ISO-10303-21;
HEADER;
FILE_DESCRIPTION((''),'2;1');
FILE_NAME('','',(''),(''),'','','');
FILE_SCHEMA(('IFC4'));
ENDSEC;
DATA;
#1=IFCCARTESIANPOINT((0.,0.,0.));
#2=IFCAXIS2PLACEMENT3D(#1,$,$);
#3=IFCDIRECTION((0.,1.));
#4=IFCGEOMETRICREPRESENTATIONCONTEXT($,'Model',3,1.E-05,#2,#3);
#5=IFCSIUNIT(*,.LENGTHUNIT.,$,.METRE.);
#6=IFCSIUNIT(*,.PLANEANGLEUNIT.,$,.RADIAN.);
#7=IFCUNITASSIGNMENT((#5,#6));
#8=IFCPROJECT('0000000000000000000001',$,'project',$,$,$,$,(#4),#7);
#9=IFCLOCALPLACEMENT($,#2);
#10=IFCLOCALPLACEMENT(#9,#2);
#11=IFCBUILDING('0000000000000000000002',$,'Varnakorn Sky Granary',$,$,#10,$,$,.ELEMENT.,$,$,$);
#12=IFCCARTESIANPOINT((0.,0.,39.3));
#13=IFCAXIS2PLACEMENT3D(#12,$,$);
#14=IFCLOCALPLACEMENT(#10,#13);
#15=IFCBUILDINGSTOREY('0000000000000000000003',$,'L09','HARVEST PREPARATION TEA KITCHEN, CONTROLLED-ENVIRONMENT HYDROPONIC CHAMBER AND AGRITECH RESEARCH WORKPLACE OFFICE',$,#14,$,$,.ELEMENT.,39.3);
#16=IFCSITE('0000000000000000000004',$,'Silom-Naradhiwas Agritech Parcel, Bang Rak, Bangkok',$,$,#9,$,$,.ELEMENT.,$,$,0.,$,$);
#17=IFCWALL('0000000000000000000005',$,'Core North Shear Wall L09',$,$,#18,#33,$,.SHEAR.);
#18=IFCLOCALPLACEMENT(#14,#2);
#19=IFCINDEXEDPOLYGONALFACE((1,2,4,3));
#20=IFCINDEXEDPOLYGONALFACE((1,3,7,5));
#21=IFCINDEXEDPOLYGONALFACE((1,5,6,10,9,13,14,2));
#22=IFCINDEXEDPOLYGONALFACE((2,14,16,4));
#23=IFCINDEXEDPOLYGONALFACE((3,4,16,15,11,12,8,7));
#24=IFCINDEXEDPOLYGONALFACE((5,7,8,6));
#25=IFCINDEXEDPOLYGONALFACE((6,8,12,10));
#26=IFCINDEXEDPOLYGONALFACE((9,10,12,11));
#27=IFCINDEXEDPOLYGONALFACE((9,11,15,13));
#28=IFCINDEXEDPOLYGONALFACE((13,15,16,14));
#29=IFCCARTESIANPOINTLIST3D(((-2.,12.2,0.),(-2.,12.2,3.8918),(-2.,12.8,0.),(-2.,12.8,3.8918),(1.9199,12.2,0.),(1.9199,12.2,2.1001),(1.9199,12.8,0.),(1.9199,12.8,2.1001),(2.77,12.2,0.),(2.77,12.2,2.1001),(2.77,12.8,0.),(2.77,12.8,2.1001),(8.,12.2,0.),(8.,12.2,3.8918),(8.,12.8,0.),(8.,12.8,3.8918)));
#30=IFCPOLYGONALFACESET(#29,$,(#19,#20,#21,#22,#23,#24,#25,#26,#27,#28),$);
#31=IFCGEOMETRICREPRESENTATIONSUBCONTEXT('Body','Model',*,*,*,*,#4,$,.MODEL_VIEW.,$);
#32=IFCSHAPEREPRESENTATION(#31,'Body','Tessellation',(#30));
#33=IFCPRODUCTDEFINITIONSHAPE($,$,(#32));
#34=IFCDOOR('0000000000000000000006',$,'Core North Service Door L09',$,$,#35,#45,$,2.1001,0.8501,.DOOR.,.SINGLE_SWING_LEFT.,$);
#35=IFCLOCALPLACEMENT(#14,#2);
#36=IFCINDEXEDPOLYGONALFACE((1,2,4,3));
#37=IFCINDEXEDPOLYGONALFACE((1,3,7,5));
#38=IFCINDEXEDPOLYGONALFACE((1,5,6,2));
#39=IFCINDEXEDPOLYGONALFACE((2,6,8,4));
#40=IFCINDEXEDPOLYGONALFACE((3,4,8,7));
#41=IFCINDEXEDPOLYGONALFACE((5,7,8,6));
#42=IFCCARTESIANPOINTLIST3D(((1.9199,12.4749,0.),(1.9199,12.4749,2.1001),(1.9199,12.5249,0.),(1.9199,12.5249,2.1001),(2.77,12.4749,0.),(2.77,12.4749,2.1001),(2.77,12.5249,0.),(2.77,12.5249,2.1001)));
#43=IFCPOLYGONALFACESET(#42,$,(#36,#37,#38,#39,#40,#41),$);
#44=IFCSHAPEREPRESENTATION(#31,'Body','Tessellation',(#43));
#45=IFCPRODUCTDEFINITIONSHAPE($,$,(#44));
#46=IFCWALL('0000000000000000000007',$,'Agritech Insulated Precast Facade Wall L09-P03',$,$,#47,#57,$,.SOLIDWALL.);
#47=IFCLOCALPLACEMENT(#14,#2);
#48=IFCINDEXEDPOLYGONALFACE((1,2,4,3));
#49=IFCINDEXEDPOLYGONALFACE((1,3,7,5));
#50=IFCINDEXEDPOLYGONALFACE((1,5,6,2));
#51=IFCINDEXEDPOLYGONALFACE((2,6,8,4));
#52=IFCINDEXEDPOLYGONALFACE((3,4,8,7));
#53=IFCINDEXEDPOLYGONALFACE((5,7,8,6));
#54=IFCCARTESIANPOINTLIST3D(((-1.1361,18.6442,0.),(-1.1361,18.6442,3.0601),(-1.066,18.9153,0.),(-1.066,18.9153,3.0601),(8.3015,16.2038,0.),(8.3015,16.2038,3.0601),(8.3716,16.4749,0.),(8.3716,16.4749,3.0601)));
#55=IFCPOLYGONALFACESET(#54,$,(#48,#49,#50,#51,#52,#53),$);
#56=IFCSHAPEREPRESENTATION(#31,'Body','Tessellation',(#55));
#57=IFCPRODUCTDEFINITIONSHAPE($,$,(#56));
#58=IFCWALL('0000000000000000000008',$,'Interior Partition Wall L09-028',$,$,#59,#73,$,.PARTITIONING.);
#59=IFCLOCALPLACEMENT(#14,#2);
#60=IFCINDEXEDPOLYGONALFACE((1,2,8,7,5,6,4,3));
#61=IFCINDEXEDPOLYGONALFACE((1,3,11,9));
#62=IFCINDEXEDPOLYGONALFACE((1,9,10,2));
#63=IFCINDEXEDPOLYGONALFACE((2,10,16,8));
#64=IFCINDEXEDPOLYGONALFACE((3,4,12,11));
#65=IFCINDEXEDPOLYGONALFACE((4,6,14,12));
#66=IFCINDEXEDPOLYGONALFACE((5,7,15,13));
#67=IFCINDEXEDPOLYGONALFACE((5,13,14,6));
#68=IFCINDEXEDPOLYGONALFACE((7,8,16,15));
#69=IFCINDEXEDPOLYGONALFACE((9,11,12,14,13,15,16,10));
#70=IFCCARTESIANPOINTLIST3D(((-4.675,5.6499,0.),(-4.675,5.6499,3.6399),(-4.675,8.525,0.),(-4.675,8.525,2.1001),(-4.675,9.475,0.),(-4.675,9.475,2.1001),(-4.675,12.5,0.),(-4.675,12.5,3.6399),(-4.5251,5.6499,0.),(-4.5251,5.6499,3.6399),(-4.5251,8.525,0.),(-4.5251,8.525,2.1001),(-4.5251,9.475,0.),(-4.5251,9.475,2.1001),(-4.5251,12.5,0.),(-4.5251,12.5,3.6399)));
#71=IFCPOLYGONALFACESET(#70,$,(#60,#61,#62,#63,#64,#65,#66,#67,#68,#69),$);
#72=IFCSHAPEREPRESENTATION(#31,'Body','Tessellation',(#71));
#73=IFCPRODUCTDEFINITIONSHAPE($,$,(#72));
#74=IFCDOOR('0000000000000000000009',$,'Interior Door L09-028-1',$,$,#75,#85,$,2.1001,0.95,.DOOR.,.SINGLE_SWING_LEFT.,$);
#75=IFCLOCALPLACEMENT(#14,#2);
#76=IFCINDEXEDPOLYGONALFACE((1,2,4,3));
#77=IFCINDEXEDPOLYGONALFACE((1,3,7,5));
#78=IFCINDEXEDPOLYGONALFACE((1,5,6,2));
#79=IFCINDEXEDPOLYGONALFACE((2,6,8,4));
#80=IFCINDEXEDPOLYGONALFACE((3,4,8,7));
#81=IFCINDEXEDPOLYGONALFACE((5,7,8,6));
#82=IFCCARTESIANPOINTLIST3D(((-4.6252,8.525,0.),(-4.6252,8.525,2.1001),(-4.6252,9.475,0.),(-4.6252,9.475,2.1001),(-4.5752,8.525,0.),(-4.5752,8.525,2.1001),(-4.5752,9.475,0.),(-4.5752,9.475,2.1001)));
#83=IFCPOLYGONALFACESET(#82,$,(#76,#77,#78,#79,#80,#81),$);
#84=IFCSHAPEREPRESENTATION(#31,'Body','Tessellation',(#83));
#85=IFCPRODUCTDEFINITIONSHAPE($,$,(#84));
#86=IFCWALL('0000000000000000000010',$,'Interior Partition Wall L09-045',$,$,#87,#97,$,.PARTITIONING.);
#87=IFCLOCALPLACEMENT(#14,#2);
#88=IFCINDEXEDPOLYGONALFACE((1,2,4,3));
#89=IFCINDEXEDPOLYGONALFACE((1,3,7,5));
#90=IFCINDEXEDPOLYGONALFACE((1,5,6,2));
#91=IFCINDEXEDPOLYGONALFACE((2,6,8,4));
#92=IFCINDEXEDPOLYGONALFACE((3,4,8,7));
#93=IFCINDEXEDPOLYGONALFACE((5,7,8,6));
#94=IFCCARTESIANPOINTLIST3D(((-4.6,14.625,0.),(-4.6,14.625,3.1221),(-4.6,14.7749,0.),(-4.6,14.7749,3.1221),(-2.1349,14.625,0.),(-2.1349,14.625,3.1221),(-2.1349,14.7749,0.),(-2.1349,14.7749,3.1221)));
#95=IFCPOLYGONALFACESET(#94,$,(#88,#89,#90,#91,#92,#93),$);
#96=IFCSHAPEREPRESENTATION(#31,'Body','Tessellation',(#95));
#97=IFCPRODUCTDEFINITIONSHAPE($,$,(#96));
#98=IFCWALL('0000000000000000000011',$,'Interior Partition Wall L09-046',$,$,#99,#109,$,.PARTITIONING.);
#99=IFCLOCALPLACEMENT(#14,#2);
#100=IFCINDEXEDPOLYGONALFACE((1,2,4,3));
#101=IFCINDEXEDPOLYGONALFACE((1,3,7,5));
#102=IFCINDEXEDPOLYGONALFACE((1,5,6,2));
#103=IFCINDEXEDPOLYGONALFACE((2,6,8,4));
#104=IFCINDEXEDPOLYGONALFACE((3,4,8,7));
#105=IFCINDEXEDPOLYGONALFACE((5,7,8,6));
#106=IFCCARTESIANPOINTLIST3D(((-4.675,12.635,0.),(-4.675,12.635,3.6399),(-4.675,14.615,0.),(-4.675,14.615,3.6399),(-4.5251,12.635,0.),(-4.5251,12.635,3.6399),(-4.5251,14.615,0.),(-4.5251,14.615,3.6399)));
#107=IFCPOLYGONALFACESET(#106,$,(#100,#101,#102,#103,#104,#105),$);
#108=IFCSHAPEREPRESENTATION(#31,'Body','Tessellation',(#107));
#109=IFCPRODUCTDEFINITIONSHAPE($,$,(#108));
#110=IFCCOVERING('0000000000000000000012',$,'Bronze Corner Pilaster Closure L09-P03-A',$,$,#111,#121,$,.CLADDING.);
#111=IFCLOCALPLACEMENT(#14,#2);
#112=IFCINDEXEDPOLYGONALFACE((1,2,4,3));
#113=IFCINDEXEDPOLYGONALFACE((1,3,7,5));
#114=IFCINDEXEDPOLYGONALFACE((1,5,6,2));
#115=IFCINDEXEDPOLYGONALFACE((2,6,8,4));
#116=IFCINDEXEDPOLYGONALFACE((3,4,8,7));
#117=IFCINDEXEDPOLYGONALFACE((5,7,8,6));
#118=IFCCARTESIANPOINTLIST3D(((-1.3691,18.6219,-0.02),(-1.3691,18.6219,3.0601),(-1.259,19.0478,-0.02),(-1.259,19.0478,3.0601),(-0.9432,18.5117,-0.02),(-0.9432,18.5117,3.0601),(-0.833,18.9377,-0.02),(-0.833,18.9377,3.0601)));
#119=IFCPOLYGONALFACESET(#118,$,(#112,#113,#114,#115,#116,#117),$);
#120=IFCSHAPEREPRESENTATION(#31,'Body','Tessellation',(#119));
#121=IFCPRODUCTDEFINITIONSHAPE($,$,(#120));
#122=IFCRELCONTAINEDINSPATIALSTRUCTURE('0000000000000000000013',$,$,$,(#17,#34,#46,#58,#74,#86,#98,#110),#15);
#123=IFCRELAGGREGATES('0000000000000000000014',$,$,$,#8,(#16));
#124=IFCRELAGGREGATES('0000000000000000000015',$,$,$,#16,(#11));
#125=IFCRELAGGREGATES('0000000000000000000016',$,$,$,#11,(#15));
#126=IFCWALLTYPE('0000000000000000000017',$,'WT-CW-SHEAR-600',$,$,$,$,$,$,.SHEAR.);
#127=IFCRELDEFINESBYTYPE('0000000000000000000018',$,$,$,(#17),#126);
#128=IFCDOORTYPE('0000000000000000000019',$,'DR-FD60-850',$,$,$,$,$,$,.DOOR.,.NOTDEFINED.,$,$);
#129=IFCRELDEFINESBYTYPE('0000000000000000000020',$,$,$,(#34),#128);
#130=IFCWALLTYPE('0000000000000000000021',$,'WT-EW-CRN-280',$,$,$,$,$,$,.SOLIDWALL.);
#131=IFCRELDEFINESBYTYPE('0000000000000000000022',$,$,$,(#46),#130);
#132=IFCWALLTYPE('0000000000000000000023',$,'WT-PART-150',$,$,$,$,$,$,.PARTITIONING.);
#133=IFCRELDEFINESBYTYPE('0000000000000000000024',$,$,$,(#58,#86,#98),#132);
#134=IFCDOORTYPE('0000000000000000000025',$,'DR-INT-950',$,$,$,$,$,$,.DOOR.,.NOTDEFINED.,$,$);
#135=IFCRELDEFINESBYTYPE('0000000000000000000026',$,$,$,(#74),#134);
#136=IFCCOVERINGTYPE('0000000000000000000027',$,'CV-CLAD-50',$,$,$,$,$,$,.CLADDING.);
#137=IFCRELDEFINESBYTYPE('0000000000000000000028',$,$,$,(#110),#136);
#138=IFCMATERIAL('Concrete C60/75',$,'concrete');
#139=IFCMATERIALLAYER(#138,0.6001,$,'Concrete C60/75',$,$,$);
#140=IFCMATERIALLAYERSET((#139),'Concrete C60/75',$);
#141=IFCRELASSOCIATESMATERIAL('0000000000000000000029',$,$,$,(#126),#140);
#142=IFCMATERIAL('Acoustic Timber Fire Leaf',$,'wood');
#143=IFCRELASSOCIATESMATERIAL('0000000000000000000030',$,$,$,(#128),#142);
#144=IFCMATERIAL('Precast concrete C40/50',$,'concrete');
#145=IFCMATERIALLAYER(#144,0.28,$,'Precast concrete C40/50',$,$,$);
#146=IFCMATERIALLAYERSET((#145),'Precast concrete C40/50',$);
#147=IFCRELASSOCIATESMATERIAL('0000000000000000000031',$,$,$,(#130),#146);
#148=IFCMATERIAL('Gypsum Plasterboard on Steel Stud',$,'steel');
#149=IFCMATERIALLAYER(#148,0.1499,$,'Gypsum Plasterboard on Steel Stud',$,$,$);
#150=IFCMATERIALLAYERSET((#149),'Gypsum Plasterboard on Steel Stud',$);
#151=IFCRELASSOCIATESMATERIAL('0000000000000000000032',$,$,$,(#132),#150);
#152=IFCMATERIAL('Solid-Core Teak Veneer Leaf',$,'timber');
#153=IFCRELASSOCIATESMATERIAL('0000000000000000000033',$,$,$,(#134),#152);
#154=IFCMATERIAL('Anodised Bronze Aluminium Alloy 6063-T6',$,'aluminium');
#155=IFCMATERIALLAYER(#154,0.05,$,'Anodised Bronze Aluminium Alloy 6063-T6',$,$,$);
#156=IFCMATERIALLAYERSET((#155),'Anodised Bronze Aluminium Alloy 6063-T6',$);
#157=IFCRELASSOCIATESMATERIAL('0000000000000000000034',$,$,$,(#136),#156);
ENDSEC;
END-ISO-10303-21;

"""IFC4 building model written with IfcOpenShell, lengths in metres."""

from ifc_helpers import new_model, si_unit, direction, frame, frame_2d, origin, origin_2d, place, context, subcontext, project, spatial, rectangle, extrude, source, transform, mapped, material, layer, layer_set, type_object, type_shapes, element, fill, save


model = new_model("IFC4")

# Units and contexts
model_context = context("Model", 3, precision=1e-05, world=origin(), true_north=direction((0.0, 1.0)))
body_context = subcontext(model_context, "Body", "Model", "MODEL_VIEW")
ifc_project = project(units=[si_unit("LENGTHUNIT", "METRE"), si_unit("PLANEANGLEUNIT", "RADIAN")], contexts=[model_context])

# Site, building, storey
site_placement = place(None, origin())
site = spatial("IfcSite", under=ifc_project, at=site_placement, Name="Silom-Naradhiwas Agritech Parcel, Bang Rak, Bangkok", CompositionType="ELEMENT", RefElevation=0.0)
building_placement = place(site_placement, origin())
building = spatial("IfcBuilding", under=site, at=building_placement, Name="Varnakorn Sky Granary", CompositionType="ELEMENT")
storey_placement = place(building_placement, frame((0.0, 0.0, 39.3)))
storey = spatial("IfcBuildingStorey", under=building, at=storey_placement, Name="L09", Description="HARVEST PREPARATION TEA KITCHEN, CONTROLLED-ENVIRONMENT HYDROPONIC CHAMBER AND AGRITECH RESEARCH WORKPLACE OFFICE", CompositionType="ELEMENT", Elevation=39.3)

# Shared definitions
ifc_material_1 = material(Name="Concrete C60/75", Category="concrete")

# Shared definitions
ifc_material_2 = material(Name="Anodised Bronze Aluminium Alloy 6063-T6", Category="aluminium")

# Wall, opening, door
ifc_layer_1 = layer(ifc_material_1, 0.6001, Name="Concrete C60/75")
ifc_layer_set_1 = layer_set([ifc_layer_1], Name="Concrete C60/75")
wall_type_1 = type_object("IfcWallType", Name="WT-CW-SHEAR-600", PredefinedType="SHEAR", material=ifc_layer_set_1)
wall_1_placement = place(storey_placement, frame((-2.0, 12.5, 0.0), z_axis=(0.0, 0.0, 1.0), x_axis=(1.0, 0.0, 0.0)))
wall_1 = element("IfcWall", 1, at=wall_1_placement, inside=storey, type_object=wall_type_1, Name="Core North Shear Wall L09", PredefinedType="SHEAR", context=body_context, shape_type="SweptSolid", body=[
    extrude(rectangle(XDim=10.0, YDim=0.6001, at=frame_2d((5.0, 0.0))), origin(), (0.0, 0.0, 1.0), 3.8918),
])
opening_1_placement = place(wall_1_placement, frame((3.9199, 0.0, 0.0)))
opening_1 = element("IfcOpeningElement", 2, at=opening_1_placement, cuts=wall_1, PredefinedType="OPENING", context=body_context, shape_type="SweptSolid", body=[
    extrude(rectangle(XDim=0.8501, YDim=2.1001, at=frame_2d((0.425, 1.05))), frame((0.0, 0.3101, 0.0), z_axis=(0.0, -1.0, 0.0), x_axis=(1.0, 0.0, 0.0)), (0.0, 0.0, 1.0), 0.6201),
])
ifc_material_3 = material(Name="Acoustic Timber Fire Leaf", Category="wood")
door_type_1 = type_object("IfcDoorType", Name="DR-FD60-850", OperationType="NOTDEFINED", PredefinedType="DOOR", material=ifc_material_3)
door_1_placement = place(opening_1_placement, origin())
door_1 = element("IfcDoor", 3, at=door_1_placement, inside=storey, type_object=door_type_1, Name="Core North Service Door L09", OperationType="SINGLE_SWING_LEFT", OverallHeight=2.1001, OverallWidth=0.8501, PredefinedType="DOOR", context=body_context, shape_type="SweptSolid", body=[
    extrude(rectangle(XDim=0.8501, YDim=2.1001, at=frame_2d((0.425, 1.05))), frame((0.0, 0.0249, 0.0), z_axis=(0.0, -1.0, 0.0), x_axis=(1.0, 0.0, 0.0)), (0.0, 0.0, 1.0), 0.05),
])
fill(opening_1, door_1)

# Wall
ifc_material_4 = material(Name="Precast concrete C40/50", Category="concrete")
ifc_layer_2 = layer(ifc_material_4, 0.28, Name="Precast concrete C40/50")
ifc_layer_set_2 = layer_set([ifc_layer_2], Name="Precast concrete C40/50")
wall_type_2 = type_object("IfcWallType", Name="WT-EW-CRN-280", PredefinedType="SOLIDWALL", material=ifc_layer_set_2)
wall_2_placement = place(storey_placement, frame((-1.1011, 18.7798, 0.0), z_axis=(0.0, 0.0, 1.0), x_axis=(0.968156, -0.250348, 0.0)))
element("IfcWall", 4, at=wall_2_placement, inside=storey, type_object=wall_type_2, Name="Agritech Insulated Precast Facade Wall L09-P03", PredefinedType="SOLIDWALL", context=body_context, shape_type="SweptSolid", body=[
    extrude(rectangle(XDim=9.748, YDim=0.28, at=frame_2d((4.874, 0.0))), origin(), (0.0, 0.0, 1.0), 3.0601),
])

# Wall, opening, door
ifc_material_5 = material(Name="Gypsum Plasterboard on Steel Stud", Category="steel")
ifc_layer_3 = layer(ifc_material_5, 0.1499, Name="Gypsum Plasterboard on Steel Stud")
ifc_layer_set_3 = layer_set([ifc_layer_3], Name="Gypsum Plasterboard on Steel Stud")
wall_type_3 = type_object("IfcWallType", Name="WT-PART-150", PredefinedType="PARTITIONING", material=ifc_layer_set_3)
wall_3_placement = place(storey_placement, frame((-4.6001, 12.5, 0.0), z_axis=(0.0, 0.0, 1.0), x_axis=(0.0, -1.0, 0.0)))
wall_3 = element("IfcWall", 5, at=wall_3_placement, inside=storey, type_object=wall_type_3, Name="Interior Partition Wall L09-028", PredefinedType="PARTITIONING", context=body_context, shape_type="SweptSolid", body=[
    extrude(rectangle(XDim=6.8501, YDim=0.1499, at=frame_2d((3.425, 0.0))), origin(), (0.0, 0.0, 1.0), 3.6399),
])
opening_2_placement = place(wall_3_placement, frame((3.0249, 0.0, 0.0)))
opening_2 = element("IfcOpeningElement", 6, at=opening_2_placement, cuts=wall_3, PredefinedType="OPENING", context=body_context, shape_type="SweptSolid", body=[
    extrude(rectangle(XDim=0.95, YDim=2.1001, at=frame_2d((0.4751, 1.05))), frame((0.0, 0.085, 0.0), z_axis=(0.0, -1.0, 0.0), x_axis=(1.0, 0.0, 0.0)), (0.0, 0.0, 1.0), 0.1699),
])
ifc_material_6 = material(Name="Solid-Core Teak Veneer Leaf", Category="timber")
door_type_2 = type_object("IfcDoorType", Name="DR-INT-950", OperationType="NOTDEFINED", PredefinedType="DOOR", material=ifc_material_6)
door_2_placement = place(opening_2_placement, origin())
door_2 = element("IfcDoor", 7, at=door_2_placement, inside=storey, type_object=door_type_2, Name="Interior Door L09-028-1", OperationType="SINGLE_SWING_LEFT", OverallHeight=2.1001, OverallWidth=0.95, PredefinedType="DOOR", context=body_context, shape_type="SweptSolid", body=[
    extrude(rectangle(XDim=0.95, YDim=2.1001, at=frame_2d((0.4751, 1.05))), frame((0.0, 0.0249, 0.0), z_axis=(0.0, -1.0, 0.0), x_axis=(1.0, 0.0, 0.0)), (0.0, 0.0, 1.0), 0.05),
])
fill(opening_2, door_2)

# Walls
wall_4_placement = place(storey_placement, frame((-2.135, 14.7, 0.0), z_axis=(0.0, 0.0, 1.0), x_axis=(-1.0, 0.0, 0.0)))
element("IfcWall", 8, at=wall_4_placement, inside=storey, type_object=wall_type_3, Name="Interior Partition Wall L09-045", PredefinedType="PARTITIONING", context=body_context, shape_type="SweptSolid", body=[
    extrude(rectangle(XDim=2.4651, YDim=0.1499, at=frame_2d((1.2324, 0.0))), origin(), (0.0, 0.0, 1.0), 3.1221),
])
wall_5_placement = place(storey_placement, frame((-4.6001, 14.615, 0.0), z_axis=(0.0, 0.0, 1.0), x_axis=(0.0, -1.0, 0.0)))
element("IfcWall", 9, at=wall_5_placement, inside=storey, type_object=wall_type_3, Name="Interior Partition Wall L09-046", PredefinedType="PARTITIONING", context=body_context, shape_type="SweptSolid", body=[
    extrude(rectangle(XDim=1.98, YDim=0.1499, at=frame_2d((0.99, 0.0))), origin(), (0.0, 0.0, 1.0), 3.6399),
])

# Covering
ifc_layer_4 = layer(ifc_material_2, 0.05, Name="Anodised Bronze Aluminium Alloy 6063-T6")
ifc_layer_set_4 = layer_set([ifc_layer_4], Name="Anodised Bronze Aluminium Alloy 6063-T6")
covering_type = type_object("IfcCoveringType", Name="CV-CLAD-50", PredefinedType="CLADDING", material=ifc_layer_set_4)
shared_shape_1 = source(origin(), body_context, "Body", "SweptSolid", [
    extrude(rectangle(XDim=0.4399, YDim=0.4399, at=origin_2d()), origin(), (0.0, 0.0, 1.0), 3.0801),
])
type_shapes(covering_type, [shared_shape_1])
covering_placement = place(storey_placement, frame((-1.1011, 18.7798, -0.02), z_axis=(0.0, 0.0, 1.0), x_axis=(0.968148, -0.25038, 0.0)))
element("IfcCovering", 10, at=covering_placement, inside=storey, type_object=covering_type, Name="Bronze Corner Pilaster Closure L09-P03-A", PredefinedType="CLADDING", context=body_context, shape_type="MappedRepresentation", body=[
    mapped(shared_shape_1, transform((0.0, 0.0, 0.0), x_axis=(1.0, 0.0, 0.0), y_axis=(0.0, 1.0, 0.0), z_axis=(0.0, 0.0, 1.0), scale=1.0)),
])

save(model, "model.ifc")
